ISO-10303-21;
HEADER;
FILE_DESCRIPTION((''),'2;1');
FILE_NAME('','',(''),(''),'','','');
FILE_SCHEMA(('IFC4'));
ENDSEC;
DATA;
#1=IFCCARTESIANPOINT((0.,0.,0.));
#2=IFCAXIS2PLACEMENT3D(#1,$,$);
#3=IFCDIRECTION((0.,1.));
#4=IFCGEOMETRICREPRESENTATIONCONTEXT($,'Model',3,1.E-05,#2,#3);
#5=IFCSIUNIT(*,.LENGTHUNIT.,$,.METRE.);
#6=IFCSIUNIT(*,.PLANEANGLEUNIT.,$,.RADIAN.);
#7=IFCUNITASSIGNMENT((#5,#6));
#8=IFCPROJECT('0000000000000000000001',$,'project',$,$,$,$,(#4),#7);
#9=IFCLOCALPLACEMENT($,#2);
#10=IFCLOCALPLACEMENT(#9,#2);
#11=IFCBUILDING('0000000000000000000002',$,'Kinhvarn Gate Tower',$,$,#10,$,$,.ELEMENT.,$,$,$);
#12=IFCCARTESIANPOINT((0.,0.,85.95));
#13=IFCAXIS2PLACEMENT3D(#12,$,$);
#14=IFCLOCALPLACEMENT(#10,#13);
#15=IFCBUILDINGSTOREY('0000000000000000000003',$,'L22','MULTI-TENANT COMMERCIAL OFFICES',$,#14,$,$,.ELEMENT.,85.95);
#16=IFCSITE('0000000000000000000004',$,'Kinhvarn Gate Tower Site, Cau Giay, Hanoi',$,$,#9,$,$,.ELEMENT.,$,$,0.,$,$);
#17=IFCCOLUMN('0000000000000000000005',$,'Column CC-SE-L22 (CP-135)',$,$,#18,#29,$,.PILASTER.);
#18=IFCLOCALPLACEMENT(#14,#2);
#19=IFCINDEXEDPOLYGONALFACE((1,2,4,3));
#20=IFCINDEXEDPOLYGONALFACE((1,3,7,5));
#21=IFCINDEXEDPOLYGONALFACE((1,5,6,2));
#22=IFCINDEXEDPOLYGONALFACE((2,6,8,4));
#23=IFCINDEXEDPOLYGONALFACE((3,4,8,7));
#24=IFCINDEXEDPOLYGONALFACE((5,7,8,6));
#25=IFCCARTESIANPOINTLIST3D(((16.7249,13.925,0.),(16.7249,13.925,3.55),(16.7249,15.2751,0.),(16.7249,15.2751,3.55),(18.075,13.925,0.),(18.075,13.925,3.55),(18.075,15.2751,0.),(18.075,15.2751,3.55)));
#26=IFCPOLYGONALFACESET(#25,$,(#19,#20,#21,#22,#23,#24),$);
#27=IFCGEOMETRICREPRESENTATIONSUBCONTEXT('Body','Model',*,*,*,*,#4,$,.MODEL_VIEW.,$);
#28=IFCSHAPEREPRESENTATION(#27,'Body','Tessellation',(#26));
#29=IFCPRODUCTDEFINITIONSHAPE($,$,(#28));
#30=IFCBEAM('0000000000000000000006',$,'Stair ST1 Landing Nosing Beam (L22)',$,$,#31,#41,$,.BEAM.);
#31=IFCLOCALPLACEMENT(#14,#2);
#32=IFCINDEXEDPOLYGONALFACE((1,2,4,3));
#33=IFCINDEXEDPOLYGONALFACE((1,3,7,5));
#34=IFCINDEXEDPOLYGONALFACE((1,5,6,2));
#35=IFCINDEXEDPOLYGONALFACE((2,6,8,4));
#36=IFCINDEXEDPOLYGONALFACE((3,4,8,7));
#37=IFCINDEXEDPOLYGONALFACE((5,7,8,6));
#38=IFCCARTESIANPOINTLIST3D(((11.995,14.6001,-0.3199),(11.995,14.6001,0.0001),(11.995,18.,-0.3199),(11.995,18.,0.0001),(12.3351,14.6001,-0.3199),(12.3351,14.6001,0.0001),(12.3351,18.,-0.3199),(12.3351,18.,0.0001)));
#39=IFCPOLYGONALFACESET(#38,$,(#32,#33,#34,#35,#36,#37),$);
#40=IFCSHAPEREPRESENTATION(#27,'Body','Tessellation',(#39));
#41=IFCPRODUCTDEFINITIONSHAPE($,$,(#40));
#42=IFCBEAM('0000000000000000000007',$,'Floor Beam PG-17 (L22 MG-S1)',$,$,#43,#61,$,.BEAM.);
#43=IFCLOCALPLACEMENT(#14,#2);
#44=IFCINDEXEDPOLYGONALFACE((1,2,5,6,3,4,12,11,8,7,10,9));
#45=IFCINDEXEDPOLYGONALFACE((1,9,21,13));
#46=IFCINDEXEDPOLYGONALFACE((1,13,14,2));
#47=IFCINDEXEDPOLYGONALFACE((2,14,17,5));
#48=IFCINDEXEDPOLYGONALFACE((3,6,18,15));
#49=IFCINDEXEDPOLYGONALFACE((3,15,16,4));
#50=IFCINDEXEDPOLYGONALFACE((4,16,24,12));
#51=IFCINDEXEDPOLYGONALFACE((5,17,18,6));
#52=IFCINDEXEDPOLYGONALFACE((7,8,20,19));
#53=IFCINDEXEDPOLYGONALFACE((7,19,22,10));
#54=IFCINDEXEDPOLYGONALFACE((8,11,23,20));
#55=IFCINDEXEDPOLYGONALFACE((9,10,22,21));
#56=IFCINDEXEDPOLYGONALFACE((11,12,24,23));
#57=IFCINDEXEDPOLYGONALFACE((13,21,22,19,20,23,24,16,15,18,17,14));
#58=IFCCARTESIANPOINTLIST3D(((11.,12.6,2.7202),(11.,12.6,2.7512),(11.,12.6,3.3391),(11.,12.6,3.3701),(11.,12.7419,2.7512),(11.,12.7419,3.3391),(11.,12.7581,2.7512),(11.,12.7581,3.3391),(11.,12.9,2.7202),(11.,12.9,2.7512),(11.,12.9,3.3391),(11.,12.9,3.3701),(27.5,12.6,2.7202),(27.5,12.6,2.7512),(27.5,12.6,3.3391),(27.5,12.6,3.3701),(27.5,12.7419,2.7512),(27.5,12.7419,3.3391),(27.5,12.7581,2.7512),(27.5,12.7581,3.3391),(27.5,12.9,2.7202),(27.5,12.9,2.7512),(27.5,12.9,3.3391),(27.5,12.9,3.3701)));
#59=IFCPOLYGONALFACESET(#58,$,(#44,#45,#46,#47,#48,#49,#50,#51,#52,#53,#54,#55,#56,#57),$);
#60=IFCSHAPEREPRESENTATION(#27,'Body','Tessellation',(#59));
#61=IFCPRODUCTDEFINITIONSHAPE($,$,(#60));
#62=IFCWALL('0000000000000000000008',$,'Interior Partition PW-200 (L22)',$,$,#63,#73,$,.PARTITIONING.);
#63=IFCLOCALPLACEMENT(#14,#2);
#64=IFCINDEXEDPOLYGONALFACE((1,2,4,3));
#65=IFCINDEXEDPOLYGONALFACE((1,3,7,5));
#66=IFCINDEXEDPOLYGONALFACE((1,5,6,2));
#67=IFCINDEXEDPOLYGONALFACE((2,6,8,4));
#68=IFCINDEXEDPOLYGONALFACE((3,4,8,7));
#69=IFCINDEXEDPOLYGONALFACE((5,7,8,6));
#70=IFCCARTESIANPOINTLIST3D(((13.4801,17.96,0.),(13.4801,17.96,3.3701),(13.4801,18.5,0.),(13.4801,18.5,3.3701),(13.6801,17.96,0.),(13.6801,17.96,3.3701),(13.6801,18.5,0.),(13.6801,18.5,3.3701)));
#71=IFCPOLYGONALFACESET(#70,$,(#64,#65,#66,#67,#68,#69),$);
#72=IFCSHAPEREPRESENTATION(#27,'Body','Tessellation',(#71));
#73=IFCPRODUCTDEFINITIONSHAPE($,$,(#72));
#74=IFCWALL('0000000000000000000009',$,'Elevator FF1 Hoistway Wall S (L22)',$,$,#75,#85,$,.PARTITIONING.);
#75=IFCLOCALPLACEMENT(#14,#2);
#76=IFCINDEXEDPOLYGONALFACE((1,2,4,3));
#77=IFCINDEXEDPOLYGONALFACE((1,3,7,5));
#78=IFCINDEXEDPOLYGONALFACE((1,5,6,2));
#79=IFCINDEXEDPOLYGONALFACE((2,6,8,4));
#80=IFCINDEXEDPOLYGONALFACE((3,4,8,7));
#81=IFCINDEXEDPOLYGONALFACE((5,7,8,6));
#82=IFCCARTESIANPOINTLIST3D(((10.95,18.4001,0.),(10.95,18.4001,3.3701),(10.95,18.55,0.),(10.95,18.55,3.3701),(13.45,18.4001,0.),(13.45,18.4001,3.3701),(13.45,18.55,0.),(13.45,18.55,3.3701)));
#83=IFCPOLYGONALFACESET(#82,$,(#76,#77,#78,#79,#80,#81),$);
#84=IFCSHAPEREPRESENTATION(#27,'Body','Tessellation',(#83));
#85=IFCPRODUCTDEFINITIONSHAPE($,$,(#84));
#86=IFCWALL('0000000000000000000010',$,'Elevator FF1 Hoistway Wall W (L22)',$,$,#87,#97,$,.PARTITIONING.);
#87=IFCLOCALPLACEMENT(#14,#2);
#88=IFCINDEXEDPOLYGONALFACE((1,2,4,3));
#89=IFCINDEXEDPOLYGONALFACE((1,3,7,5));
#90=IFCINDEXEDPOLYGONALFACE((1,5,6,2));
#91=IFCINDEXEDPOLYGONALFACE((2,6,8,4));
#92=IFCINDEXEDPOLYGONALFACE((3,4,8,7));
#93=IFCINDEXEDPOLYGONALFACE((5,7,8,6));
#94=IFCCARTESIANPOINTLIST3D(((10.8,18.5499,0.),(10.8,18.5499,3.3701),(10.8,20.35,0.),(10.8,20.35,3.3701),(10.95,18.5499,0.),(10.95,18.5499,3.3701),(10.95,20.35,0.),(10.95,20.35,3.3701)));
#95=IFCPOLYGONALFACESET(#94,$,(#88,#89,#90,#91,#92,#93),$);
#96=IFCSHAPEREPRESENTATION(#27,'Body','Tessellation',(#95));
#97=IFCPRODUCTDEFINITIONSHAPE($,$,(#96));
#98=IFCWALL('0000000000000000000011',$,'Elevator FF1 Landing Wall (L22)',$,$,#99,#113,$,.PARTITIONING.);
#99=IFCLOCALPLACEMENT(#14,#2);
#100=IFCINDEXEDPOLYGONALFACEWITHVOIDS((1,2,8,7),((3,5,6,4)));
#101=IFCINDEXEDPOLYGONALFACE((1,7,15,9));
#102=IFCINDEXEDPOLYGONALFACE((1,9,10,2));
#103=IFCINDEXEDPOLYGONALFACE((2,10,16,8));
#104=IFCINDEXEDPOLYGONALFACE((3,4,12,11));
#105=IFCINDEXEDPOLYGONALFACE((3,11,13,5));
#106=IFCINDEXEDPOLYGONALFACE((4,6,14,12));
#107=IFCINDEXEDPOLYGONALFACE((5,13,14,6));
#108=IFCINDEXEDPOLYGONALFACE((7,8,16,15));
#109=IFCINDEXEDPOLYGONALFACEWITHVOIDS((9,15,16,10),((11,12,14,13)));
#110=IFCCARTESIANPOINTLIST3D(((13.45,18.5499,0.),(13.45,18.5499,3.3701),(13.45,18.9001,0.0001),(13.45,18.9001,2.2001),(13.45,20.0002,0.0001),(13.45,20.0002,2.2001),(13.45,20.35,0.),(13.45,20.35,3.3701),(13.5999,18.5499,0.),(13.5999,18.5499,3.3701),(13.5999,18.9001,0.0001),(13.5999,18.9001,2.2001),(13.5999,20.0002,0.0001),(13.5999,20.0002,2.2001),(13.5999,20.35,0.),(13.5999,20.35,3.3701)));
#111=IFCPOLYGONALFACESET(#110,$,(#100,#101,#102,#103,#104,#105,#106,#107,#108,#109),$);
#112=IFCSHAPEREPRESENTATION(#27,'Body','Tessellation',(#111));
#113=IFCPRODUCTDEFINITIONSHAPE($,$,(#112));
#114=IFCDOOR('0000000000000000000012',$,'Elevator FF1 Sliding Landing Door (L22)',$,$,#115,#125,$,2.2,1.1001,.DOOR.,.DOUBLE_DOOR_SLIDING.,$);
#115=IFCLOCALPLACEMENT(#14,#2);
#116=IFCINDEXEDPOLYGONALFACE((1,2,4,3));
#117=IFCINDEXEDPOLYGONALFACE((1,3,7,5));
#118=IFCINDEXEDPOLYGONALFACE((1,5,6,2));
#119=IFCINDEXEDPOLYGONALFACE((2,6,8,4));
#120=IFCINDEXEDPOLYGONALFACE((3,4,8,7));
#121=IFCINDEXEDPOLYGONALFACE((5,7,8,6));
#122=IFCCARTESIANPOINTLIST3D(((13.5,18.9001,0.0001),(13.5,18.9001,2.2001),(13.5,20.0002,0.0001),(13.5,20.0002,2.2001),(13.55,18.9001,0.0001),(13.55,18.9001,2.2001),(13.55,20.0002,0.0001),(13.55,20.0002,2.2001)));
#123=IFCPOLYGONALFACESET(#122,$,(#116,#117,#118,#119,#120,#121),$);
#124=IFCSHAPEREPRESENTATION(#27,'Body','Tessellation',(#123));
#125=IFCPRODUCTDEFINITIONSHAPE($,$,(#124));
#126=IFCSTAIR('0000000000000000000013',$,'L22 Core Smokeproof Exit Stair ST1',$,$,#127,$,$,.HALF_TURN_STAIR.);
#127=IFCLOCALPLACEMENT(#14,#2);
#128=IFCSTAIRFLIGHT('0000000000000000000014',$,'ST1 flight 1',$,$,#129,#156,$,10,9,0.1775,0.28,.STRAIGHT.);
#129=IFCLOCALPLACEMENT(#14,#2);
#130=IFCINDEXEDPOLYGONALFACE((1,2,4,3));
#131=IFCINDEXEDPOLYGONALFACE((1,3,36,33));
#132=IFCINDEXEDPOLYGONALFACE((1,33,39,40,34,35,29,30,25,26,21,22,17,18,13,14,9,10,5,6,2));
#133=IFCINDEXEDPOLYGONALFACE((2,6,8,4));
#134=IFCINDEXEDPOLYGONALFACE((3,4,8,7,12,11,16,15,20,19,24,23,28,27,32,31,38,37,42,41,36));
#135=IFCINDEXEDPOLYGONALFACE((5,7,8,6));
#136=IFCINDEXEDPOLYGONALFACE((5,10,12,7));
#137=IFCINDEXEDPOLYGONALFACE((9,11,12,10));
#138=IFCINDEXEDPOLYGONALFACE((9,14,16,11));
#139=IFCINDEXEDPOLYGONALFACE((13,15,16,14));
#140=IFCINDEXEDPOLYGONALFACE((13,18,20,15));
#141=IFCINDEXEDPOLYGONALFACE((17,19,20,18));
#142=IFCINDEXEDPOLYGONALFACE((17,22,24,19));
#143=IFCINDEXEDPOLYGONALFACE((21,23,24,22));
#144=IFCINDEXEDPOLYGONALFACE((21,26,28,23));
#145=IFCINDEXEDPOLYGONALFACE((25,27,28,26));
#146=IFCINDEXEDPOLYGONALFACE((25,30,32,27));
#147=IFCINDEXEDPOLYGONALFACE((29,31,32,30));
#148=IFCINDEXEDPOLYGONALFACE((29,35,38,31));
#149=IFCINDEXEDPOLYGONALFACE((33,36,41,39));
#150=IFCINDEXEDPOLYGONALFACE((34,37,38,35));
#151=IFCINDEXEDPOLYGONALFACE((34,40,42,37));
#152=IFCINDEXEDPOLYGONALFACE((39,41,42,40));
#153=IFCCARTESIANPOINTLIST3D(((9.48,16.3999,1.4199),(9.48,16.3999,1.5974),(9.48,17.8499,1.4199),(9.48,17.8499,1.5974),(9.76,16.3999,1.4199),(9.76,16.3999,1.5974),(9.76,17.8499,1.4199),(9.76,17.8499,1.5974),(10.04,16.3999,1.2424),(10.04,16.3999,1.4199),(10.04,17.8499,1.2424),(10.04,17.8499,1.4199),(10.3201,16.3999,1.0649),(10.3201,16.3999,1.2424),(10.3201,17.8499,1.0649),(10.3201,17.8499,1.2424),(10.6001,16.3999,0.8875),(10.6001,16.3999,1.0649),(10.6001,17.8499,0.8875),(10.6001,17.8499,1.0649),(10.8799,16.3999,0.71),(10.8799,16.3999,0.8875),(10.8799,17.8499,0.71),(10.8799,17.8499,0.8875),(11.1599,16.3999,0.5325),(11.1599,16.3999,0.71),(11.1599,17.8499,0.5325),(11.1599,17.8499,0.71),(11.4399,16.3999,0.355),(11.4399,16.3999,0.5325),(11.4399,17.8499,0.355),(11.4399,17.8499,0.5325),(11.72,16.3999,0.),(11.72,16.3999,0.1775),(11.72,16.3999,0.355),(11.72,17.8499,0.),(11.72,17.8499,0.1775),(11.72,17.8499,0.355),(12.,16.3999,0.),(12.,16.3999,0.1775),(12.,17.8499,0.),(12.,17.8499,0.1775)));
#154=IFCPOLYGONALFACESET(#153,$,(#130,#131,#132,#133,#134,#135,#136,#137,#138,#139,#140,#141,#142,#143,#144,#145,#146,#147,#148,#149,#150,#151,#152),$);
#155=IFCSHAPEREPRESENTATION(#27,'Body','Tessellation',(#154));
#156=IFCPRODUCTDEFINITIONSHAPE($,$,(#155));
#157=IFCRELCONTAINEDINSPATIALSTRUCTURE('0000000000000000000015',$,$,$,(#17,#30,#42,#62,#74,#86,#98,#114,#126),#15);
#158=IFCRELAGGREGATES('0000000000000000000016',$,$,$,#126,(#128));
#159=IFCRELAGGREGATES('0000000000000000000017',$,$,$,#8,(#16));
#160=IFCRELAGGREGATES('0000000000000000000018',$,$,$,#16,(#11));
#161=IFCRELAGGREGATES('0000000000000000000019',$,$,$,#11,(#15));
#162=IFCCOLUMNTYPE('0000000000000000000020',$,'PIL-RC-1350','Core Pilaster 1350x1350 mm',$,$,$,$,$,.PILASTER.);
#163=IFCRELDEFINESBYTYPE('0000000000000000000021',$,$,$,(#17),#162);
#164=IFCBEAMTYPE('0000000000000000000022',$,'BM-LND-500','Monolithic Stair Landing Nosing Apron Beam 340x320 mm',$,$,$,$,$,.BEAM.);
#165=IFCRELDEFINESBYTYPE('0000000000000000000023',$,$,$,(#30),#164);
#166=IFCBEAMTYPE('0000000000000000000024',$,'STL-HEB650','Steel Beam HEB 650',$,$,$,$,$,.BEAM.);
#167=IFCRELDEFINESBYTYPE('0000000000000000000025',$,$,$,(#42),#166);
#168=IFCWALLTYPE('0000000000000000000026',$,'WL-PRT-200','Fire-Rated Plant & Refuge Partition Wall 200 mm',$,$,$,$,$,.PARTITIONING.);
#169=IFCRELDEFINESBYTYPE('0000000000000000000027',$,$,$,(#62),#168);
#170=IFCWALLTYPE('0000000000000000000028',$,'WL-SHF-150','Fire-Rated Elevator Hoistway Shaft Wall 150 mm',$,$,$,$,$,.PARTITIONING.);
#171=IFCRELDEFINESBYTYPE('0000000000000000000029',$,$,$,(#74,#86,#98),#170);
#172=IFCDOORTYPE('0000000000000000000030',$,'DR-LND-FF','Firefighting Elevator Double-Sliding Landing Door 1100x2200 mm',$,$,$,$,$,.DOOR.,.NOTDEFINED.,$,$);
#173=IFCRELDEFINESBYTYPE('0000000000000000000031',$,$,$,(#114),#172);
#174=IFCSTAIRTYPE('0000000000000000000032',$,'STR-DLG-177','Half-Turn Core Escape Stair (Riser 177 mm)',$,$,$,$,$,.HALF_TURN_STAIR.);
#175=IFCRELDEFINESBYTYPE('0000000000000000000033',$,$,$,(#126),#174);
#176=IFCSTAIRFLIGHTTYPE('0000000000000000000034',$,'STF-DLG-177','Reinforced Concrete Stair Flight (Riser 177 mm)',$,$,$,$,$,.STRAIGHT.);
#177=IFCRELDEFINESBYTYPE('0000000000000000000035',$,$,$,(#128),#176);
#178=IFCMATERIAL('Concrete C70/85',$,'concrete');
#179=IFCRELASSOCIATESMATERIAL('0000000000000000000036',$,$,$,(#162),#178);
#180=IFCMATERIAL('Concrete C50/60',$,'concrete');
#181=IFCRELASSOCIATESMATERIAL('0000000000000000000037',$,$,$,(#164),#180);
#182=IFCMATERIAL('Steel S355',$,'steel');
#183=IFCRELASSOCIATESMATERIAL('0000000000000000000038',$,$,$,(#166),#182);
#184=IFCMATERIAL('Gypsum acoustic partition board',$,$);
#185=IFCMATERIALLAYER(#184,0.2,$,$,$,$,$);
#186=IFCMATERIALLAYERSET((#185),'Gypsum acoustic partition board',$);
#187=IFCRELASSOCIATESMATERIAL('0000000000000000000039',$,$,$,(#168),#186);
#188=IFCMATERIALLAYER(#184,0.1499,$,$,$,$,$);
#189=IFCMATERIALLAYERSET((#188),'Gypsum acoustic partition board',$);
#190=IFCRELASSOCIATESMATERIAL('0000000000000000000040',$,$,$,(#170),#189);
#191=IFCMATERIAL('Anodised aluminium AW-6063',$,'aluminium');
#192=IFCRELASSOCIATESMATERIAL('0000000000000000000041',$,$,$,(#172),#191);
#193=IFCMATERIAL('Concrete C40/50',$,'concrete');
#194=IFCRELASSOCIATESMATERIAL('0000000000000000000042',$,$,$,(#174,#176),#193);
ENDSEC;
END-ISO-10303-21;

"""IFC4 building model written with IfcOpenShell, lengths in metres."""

from ifc_helpers import new_model, si_unit, direction, frame, frame_2d, origin, origin_2d, place, context, subcontext, project, spatial, polyline, rectangle, i_section, outline, extrude, material, layer, layer_set, material_profile, profile_set, type_object, element, fill, aggregate, save


model = new_model("IFC4")

# Units and contexts
model_context = context("Model", 3, precision=1e-05, world=origin(), true_north=direction((0.0, 1.0)))
body_context = subcontext(model_context, "Body", "Model", "MODEL_VIEW")
ifc_project = project(units=[si_unit("LENGTHUNIT", "METRE"), si_unit("PLANEANGLEUNIT", "RADIAN")], contexts=[model_context])

# Site, building, storey
site_placement = place(None, origin())
site = spatial("IfcSite", under=ifc_project, at=site_placement, Name="Kinhvarn Gate Tower Site, Cau Giay, Hanoi", CompositionType="ELEMENT", RefElevation=0.0)
building_placement = place(site_placement, origin())
building = spatial("IfcBuilding", under=site, at=building_placement, Name="Kinhvarn Gate Tower", CompositionType="ELEMENT")
storey_placement = place(building_placement, frame((0.0, 0.0, 85.95)))
storey = spatial("IfcBuildingStorey", under=building, at=storey_placement, Name="L22", Description="MULTI-TENANT COMMERCIAL OFFICES", CompositionType="ELEMENT", Elevation=85.95)

# Column
ifc_material_1 = material(Name="Concrete C70/85", Category="concrete")
ifc_material_profile_1 = material_profile(ifc_material_1, rectangle(XDim=1.3501, YDim=1.3501, at=origin_2d()), Name="RC 1350x1350")
ifc_profile_set_1 = profile_set([ifc_material_profile_1], Name="Concrete C70/85")
column_type = type_object("IfcColumnType", Name="PIL-RC-1350", Description="Core Pilaster 1350x1350 mm", PredefinedType="PILASTER", material=ifc_profile_set_1)
column_placement = place(storey_placement, frame((17.3999, 14.6001, 0.0), z_axis=(0.0, 0.0, 1.0), x_axis=(1.0, 0.0, 0.0)))
element("IfcColumn", 1, at=column_placement, inside=storey, type_object=column_type, Name="Column CC-SE-L22 (CP-135)", PredefinedType="PILASTER", context=body_context, shape_type="SweptSolid", body=[
    extrude(rectangle(XDim=1.3501, YDim=1.3501, at=origin_2d()), origin(), (0.0, 0.0, 1.0), 3.55),
])

# Beams
ifc_material_2 = material(Name="Concrete C50/60", Category="concrete")
ifc_material_profile_2 = material_profile(ifc_material_2, rectangle(XDim=0.3401, YDim=0.3201, at=origin_2d()), Name="RC 340x320")
ifc_profile_set_2 = profile_set([ifc_material_profile_2], Name="Concrete C50/60")
beam_type_1 = type_object("IfcBeamType", Name="BM-LND-500", Description="Monolithic Stair Landing Nosing Apron Beam 340x320 mm", PredefinedType="BEAM", material=ifc_profile_set_2)
beam_1_placement = place(storey_placement, frame((12.165, 14.6001, -0.1599), z_axis=(0.0, 1.0, 0.0), x_axis=(-1.0, 0.0, 0.0)))
element("IfcBeam", 2, at=beam_1_placement, inside=storey, type_object=beam_type_1, Name="Stair ST1 Landing Nosing Beam (L22)", PredefinedType="BEAM", context=body_context, shape_type="SweptSolid", body=[
    extrude(rectangle(XDim=0.3401, YDim=0.3201, at=origin_2d()), origin(), (0.0, 0.0, 1.0), 3.3999),
])
ifc_material_3 = material(Name="Steel S355", Category="steel")
ifc_material_profile_3 = material_profile(ifc_material_3, i_section(OverallWidth=0.3, OverallDepth=0.6499, WebThickness=0.0161, FlangeThickness=0.031, at=origin_2d()), Name="HEB 650")
ifc_profile_set_3 = profile_set([ifc_material_profile_3], Name="Steel S355")
beam_type_2 = type_object("IfcBeamType", Name="STL-HEB650", Description="Steel Beam HEB 650", PredefinedType="BEAM", material=ifc_profile_set_3)
beam_2_placement = place(storey_placement, frame((11.0, 12.75, 3.0452), z_axis=(1.0, 0.0, 0.0), x_axis=(0.0, 1.0, 0.0)))
element("IfcBeam", 3, at=beam_2_placement, inside=storey, type_object=beam_type_2, Name="Floor Beam PG-17 (L22 MG-S1)", PredefinedType="BEAM", context=body_context, shape_type="SweptSolid", body=[
    extrude(i_section(OverallWidth=0.3, OverallDepth=0.6499, WebThickness=0.0161, FlangeThickness=0.031, at=origin_2d()), origin(), (0.0, 0.0, 1.0), 16.5),
])

# Shared definitions
ifc_material_4 = material(Name="Anodised aluminium AW-6063", Category="aluminium")

# Walls
ifc_material_5 = material(Name="Gypsum acoustic partition board")
ifc_layer_1 = layer(ifc_material_5, 0.2)
ifc_layer_set_1 = layer_set([ifc_layer_1], Name="Gypsum acoustic partition board")
wall_type_1 = type_object("IfcWallType", Name="WL-PRT-200", Description="Fire-Rated Plant & Refuge Partition Wall 200 mm", PredefinedType="PARTITIONING", material=ifc_layer_set_1)
wall_1_placement = place(storey_placement, frame((13.5801, 17.96, 0.0), z_axis=(0.0, 0.0, 1.0), x_axis=(0.0, 1.0, 0.0)))
element("IfcWall", 4, at=wall_1_placement, inside=storey, type_object=wall_type_1, Name="Interior Partition PW-200 (L22)", PredefinedType="PARTITIONING", context=body_context, shape_type="SweptSolid", body=[
    extrude(rectangle(XDim=0.54, YDim=0.2, at=frame_2d((0.27, 0.0))), origin(), (0.0, 0.0, 1.0), 3.3701),
])
ifc_layer_2 = layer(ifc_material_5, 0.1499)
ifc_layer_set_2 = layer_set([ifc_layer_2], Name="Gypsum acoustic partition board")
wall_type_2 = type_object("IfcWallType", Name="WL-SHF-150", Description="Fire-Rated Elevator Hoistway Shaft Wall 150 mm", PredefinedType="PARTITIONING", material=ifc_layer_set_2)
wall_2_placement = place(storey_placement, frame((10.95, 18.4751, 0.0), z_axis=(0.0, 0.0, 1.0), x_axis=(1.0, 0.0, 0.0)))
element("IfcWall", 5, at=wall_2_placement, inside=storey, type_object=wall_type_2, Name="Elevator FF1 Hoistway Wall S (L22)", PredefinedType="PARTITIONING", context=body_context, shape_type="SweptSolid", body=[
    extrude(rectangle(XDim=2.5, YDim=0.1499, at=frame_2d((1.25, 0.0))), origin(), (0.0, 0.0, 1.0), 3.3701),
])
wall_3_placement = place(storey_placement, frame((10.875, 18.55, 0.0), z_axis=(0.0, 0.0, 1.0), x_axis=(0.0, 1.0, 0.0)))
element("IfcWall", 6, at=wall_3_placement, inside=storey, type_object=wall_type_2, Name="Elevator FF1 Hoistway Wall W (L22)", PredefinedType="PARTITIONING", context=body_context, shape_type="SweptSolid", body=[
    extrude(rectangle(XDim=1.8, YDim=0.1499, at=frame_2d((0.8999, 0.0))), origin(), (0.0, 0.0, 1.0), 3.3701),
])

# Wall, opening, door
wall_4_placement = place(storey_placement, frame((13.5249, 18.55, 0.0), z_axis=(0.0, 0.0, 1.0), x_axis=(0.0, 1.0, 0.0)))
wall_4 = element("IfcWall", 7, at=wall_4_placement, inside=storey, type_object=wall_type_2, Name="Elevator FF1 Landing Wall (L22)", PredefinedType="PARTITIONING", context=body_context, shape_type="SweptSolid", body=[
    extrude(rectangle(XDim=1.8, YDim=0.1499, at=frame_2d((0.8999, 0.0))), origin(), (0.0, 0.0, 1.0), 3.3701),
])
opening_1_placement = place(wall_4_placement, frame((0.3501, 0.0, 0.0)))
opening_1 = element("IfcOpeningElement", 8, at=opening_1_placement, cuts=wall_4, PredefinedType="OPENING", context=body_context, shape_type="SweptSolid", body=[
    extrude(rectangle(XDim=1.1001, YDim=2.2, at=frame_2d((0.55, 1.1001))), frame((0.0, 0.085, 0.0), z_axis=(0.0, -1.0, 0.0), x_axis=(1.0, 0.0, 0.0)), (0.0, 0.0, 1.0), 0.1699),
])
door_type_1 = type_object("IfcDoorType", Name="DR-LND-FF", Description="Firefighting Elevator Double-Sliding Landing Door 1100x2200 mm", OperationType="NOTDEFINED", PredefinedType="DOOR", material=ifc_material_4)
door_1_placement = place(opening_1_placement, origin())
door_1 = element("IfcDoor", 9, at=door_1_placement, inside=storey, type_object=door_type_1, Name="Elevator FF1 Sliding Landing Door (L22)", OperationType="DOUBLE_DOOR_SLIDING", OverallHeight=2.2, OverallWidth=1.1001, PredefinedType="DOOR", context=body_context, shape_type="SweptSolid", body=[
    extrude(rectangle(XDim=1.1001, YDim=2.2, at=frame_2d((0.55, 1.1001))), frame((0.0, 0.0249, 0.0), z_axis=(0.0, -1.0, 0.0), x_axis=(1.0, 0.0, 0.0)), (0.0, 0.0, 1.0), 0.05),
])
fill(opening_1, door_1)
ifc_material_6 = material(Name="Concrete C40/50", Category="concrete")

# Stair, stair flight
stair_type = type_object("IfcStairType", Name="STR-DLG-177", Description="Half-Turn Core Escape Stair (Riser 177 mm)", PredefinedType="HALF_TURN_STAIR", material=ifc_material_6)
stair_placement = place(storey_placement, origin())
stair = element("IfcStair", 10, at=stair_placement, inside=storey, type_object=stair_type, Name="L22 Core Smokeproof Exit Stair ST1", PredefinedType="HALF_TURN_STAIR")
stair_flight_type = type_object("IfcStairFlightType", Name="STF-DLG-177", Description="Reinforced Concrete Stair Flight (Riser 177 mm)", PredefinedType="STRAIGHT", material=ifc_material_6)
stair_flight_1_placement = place(storey_placement, frame((12.0, 17.125, 0.0), z_axis=(0.0, 0.0, 1.0), x_axis=(-1.0, 0.0, 0.0)))
stair_flight_1 = element("IfcStairFlight", 11, at=stair_flight_1_placement, type_object=stair_flight_type, Name="ST1 flight 1", NumberOfRisers=10, NumberOfTreads=9, PredefinedType="STRAIGHT", RiserHeight=0.1775, TreadLength=0.28, context=body_context, shape_type="SweptSolid", body=[
    extrude(outline(polyline([(0.0, 0.0), (0.0, 0.1775), (0.28, 0.1775), (0.28, 0.355), (0.5601, 0.355), (0.5601, 0.5325), (0.8401, 0.5325), (0.8401, 0.71), (1.1201, 0.71), (1.1201, 0.8875), (1.3999, 0.8875), (1.3999, 1.0649), (1.6799, 1.0649), (1.6799, 1.2424), (1.96, 1.2424), (1.96, 1.4199), (2.24, 1.4199), (2.24, 1.5974), (2.52, 1.5974), (2.52, 1.7749), (2.52, 1.4199), (0.28, 0.0), (0.0, 0.0)])), frame((0.0, 0.7251, 0.0), z_axis=(0.0, -1.0, 0.0), x_axis=(1.0, 0.0, 0.0)), (0.0, 0.0, 1.0), 1.45),
])
aggregate(stair, [stair_flight_1])

save(model, "model.ifc")
